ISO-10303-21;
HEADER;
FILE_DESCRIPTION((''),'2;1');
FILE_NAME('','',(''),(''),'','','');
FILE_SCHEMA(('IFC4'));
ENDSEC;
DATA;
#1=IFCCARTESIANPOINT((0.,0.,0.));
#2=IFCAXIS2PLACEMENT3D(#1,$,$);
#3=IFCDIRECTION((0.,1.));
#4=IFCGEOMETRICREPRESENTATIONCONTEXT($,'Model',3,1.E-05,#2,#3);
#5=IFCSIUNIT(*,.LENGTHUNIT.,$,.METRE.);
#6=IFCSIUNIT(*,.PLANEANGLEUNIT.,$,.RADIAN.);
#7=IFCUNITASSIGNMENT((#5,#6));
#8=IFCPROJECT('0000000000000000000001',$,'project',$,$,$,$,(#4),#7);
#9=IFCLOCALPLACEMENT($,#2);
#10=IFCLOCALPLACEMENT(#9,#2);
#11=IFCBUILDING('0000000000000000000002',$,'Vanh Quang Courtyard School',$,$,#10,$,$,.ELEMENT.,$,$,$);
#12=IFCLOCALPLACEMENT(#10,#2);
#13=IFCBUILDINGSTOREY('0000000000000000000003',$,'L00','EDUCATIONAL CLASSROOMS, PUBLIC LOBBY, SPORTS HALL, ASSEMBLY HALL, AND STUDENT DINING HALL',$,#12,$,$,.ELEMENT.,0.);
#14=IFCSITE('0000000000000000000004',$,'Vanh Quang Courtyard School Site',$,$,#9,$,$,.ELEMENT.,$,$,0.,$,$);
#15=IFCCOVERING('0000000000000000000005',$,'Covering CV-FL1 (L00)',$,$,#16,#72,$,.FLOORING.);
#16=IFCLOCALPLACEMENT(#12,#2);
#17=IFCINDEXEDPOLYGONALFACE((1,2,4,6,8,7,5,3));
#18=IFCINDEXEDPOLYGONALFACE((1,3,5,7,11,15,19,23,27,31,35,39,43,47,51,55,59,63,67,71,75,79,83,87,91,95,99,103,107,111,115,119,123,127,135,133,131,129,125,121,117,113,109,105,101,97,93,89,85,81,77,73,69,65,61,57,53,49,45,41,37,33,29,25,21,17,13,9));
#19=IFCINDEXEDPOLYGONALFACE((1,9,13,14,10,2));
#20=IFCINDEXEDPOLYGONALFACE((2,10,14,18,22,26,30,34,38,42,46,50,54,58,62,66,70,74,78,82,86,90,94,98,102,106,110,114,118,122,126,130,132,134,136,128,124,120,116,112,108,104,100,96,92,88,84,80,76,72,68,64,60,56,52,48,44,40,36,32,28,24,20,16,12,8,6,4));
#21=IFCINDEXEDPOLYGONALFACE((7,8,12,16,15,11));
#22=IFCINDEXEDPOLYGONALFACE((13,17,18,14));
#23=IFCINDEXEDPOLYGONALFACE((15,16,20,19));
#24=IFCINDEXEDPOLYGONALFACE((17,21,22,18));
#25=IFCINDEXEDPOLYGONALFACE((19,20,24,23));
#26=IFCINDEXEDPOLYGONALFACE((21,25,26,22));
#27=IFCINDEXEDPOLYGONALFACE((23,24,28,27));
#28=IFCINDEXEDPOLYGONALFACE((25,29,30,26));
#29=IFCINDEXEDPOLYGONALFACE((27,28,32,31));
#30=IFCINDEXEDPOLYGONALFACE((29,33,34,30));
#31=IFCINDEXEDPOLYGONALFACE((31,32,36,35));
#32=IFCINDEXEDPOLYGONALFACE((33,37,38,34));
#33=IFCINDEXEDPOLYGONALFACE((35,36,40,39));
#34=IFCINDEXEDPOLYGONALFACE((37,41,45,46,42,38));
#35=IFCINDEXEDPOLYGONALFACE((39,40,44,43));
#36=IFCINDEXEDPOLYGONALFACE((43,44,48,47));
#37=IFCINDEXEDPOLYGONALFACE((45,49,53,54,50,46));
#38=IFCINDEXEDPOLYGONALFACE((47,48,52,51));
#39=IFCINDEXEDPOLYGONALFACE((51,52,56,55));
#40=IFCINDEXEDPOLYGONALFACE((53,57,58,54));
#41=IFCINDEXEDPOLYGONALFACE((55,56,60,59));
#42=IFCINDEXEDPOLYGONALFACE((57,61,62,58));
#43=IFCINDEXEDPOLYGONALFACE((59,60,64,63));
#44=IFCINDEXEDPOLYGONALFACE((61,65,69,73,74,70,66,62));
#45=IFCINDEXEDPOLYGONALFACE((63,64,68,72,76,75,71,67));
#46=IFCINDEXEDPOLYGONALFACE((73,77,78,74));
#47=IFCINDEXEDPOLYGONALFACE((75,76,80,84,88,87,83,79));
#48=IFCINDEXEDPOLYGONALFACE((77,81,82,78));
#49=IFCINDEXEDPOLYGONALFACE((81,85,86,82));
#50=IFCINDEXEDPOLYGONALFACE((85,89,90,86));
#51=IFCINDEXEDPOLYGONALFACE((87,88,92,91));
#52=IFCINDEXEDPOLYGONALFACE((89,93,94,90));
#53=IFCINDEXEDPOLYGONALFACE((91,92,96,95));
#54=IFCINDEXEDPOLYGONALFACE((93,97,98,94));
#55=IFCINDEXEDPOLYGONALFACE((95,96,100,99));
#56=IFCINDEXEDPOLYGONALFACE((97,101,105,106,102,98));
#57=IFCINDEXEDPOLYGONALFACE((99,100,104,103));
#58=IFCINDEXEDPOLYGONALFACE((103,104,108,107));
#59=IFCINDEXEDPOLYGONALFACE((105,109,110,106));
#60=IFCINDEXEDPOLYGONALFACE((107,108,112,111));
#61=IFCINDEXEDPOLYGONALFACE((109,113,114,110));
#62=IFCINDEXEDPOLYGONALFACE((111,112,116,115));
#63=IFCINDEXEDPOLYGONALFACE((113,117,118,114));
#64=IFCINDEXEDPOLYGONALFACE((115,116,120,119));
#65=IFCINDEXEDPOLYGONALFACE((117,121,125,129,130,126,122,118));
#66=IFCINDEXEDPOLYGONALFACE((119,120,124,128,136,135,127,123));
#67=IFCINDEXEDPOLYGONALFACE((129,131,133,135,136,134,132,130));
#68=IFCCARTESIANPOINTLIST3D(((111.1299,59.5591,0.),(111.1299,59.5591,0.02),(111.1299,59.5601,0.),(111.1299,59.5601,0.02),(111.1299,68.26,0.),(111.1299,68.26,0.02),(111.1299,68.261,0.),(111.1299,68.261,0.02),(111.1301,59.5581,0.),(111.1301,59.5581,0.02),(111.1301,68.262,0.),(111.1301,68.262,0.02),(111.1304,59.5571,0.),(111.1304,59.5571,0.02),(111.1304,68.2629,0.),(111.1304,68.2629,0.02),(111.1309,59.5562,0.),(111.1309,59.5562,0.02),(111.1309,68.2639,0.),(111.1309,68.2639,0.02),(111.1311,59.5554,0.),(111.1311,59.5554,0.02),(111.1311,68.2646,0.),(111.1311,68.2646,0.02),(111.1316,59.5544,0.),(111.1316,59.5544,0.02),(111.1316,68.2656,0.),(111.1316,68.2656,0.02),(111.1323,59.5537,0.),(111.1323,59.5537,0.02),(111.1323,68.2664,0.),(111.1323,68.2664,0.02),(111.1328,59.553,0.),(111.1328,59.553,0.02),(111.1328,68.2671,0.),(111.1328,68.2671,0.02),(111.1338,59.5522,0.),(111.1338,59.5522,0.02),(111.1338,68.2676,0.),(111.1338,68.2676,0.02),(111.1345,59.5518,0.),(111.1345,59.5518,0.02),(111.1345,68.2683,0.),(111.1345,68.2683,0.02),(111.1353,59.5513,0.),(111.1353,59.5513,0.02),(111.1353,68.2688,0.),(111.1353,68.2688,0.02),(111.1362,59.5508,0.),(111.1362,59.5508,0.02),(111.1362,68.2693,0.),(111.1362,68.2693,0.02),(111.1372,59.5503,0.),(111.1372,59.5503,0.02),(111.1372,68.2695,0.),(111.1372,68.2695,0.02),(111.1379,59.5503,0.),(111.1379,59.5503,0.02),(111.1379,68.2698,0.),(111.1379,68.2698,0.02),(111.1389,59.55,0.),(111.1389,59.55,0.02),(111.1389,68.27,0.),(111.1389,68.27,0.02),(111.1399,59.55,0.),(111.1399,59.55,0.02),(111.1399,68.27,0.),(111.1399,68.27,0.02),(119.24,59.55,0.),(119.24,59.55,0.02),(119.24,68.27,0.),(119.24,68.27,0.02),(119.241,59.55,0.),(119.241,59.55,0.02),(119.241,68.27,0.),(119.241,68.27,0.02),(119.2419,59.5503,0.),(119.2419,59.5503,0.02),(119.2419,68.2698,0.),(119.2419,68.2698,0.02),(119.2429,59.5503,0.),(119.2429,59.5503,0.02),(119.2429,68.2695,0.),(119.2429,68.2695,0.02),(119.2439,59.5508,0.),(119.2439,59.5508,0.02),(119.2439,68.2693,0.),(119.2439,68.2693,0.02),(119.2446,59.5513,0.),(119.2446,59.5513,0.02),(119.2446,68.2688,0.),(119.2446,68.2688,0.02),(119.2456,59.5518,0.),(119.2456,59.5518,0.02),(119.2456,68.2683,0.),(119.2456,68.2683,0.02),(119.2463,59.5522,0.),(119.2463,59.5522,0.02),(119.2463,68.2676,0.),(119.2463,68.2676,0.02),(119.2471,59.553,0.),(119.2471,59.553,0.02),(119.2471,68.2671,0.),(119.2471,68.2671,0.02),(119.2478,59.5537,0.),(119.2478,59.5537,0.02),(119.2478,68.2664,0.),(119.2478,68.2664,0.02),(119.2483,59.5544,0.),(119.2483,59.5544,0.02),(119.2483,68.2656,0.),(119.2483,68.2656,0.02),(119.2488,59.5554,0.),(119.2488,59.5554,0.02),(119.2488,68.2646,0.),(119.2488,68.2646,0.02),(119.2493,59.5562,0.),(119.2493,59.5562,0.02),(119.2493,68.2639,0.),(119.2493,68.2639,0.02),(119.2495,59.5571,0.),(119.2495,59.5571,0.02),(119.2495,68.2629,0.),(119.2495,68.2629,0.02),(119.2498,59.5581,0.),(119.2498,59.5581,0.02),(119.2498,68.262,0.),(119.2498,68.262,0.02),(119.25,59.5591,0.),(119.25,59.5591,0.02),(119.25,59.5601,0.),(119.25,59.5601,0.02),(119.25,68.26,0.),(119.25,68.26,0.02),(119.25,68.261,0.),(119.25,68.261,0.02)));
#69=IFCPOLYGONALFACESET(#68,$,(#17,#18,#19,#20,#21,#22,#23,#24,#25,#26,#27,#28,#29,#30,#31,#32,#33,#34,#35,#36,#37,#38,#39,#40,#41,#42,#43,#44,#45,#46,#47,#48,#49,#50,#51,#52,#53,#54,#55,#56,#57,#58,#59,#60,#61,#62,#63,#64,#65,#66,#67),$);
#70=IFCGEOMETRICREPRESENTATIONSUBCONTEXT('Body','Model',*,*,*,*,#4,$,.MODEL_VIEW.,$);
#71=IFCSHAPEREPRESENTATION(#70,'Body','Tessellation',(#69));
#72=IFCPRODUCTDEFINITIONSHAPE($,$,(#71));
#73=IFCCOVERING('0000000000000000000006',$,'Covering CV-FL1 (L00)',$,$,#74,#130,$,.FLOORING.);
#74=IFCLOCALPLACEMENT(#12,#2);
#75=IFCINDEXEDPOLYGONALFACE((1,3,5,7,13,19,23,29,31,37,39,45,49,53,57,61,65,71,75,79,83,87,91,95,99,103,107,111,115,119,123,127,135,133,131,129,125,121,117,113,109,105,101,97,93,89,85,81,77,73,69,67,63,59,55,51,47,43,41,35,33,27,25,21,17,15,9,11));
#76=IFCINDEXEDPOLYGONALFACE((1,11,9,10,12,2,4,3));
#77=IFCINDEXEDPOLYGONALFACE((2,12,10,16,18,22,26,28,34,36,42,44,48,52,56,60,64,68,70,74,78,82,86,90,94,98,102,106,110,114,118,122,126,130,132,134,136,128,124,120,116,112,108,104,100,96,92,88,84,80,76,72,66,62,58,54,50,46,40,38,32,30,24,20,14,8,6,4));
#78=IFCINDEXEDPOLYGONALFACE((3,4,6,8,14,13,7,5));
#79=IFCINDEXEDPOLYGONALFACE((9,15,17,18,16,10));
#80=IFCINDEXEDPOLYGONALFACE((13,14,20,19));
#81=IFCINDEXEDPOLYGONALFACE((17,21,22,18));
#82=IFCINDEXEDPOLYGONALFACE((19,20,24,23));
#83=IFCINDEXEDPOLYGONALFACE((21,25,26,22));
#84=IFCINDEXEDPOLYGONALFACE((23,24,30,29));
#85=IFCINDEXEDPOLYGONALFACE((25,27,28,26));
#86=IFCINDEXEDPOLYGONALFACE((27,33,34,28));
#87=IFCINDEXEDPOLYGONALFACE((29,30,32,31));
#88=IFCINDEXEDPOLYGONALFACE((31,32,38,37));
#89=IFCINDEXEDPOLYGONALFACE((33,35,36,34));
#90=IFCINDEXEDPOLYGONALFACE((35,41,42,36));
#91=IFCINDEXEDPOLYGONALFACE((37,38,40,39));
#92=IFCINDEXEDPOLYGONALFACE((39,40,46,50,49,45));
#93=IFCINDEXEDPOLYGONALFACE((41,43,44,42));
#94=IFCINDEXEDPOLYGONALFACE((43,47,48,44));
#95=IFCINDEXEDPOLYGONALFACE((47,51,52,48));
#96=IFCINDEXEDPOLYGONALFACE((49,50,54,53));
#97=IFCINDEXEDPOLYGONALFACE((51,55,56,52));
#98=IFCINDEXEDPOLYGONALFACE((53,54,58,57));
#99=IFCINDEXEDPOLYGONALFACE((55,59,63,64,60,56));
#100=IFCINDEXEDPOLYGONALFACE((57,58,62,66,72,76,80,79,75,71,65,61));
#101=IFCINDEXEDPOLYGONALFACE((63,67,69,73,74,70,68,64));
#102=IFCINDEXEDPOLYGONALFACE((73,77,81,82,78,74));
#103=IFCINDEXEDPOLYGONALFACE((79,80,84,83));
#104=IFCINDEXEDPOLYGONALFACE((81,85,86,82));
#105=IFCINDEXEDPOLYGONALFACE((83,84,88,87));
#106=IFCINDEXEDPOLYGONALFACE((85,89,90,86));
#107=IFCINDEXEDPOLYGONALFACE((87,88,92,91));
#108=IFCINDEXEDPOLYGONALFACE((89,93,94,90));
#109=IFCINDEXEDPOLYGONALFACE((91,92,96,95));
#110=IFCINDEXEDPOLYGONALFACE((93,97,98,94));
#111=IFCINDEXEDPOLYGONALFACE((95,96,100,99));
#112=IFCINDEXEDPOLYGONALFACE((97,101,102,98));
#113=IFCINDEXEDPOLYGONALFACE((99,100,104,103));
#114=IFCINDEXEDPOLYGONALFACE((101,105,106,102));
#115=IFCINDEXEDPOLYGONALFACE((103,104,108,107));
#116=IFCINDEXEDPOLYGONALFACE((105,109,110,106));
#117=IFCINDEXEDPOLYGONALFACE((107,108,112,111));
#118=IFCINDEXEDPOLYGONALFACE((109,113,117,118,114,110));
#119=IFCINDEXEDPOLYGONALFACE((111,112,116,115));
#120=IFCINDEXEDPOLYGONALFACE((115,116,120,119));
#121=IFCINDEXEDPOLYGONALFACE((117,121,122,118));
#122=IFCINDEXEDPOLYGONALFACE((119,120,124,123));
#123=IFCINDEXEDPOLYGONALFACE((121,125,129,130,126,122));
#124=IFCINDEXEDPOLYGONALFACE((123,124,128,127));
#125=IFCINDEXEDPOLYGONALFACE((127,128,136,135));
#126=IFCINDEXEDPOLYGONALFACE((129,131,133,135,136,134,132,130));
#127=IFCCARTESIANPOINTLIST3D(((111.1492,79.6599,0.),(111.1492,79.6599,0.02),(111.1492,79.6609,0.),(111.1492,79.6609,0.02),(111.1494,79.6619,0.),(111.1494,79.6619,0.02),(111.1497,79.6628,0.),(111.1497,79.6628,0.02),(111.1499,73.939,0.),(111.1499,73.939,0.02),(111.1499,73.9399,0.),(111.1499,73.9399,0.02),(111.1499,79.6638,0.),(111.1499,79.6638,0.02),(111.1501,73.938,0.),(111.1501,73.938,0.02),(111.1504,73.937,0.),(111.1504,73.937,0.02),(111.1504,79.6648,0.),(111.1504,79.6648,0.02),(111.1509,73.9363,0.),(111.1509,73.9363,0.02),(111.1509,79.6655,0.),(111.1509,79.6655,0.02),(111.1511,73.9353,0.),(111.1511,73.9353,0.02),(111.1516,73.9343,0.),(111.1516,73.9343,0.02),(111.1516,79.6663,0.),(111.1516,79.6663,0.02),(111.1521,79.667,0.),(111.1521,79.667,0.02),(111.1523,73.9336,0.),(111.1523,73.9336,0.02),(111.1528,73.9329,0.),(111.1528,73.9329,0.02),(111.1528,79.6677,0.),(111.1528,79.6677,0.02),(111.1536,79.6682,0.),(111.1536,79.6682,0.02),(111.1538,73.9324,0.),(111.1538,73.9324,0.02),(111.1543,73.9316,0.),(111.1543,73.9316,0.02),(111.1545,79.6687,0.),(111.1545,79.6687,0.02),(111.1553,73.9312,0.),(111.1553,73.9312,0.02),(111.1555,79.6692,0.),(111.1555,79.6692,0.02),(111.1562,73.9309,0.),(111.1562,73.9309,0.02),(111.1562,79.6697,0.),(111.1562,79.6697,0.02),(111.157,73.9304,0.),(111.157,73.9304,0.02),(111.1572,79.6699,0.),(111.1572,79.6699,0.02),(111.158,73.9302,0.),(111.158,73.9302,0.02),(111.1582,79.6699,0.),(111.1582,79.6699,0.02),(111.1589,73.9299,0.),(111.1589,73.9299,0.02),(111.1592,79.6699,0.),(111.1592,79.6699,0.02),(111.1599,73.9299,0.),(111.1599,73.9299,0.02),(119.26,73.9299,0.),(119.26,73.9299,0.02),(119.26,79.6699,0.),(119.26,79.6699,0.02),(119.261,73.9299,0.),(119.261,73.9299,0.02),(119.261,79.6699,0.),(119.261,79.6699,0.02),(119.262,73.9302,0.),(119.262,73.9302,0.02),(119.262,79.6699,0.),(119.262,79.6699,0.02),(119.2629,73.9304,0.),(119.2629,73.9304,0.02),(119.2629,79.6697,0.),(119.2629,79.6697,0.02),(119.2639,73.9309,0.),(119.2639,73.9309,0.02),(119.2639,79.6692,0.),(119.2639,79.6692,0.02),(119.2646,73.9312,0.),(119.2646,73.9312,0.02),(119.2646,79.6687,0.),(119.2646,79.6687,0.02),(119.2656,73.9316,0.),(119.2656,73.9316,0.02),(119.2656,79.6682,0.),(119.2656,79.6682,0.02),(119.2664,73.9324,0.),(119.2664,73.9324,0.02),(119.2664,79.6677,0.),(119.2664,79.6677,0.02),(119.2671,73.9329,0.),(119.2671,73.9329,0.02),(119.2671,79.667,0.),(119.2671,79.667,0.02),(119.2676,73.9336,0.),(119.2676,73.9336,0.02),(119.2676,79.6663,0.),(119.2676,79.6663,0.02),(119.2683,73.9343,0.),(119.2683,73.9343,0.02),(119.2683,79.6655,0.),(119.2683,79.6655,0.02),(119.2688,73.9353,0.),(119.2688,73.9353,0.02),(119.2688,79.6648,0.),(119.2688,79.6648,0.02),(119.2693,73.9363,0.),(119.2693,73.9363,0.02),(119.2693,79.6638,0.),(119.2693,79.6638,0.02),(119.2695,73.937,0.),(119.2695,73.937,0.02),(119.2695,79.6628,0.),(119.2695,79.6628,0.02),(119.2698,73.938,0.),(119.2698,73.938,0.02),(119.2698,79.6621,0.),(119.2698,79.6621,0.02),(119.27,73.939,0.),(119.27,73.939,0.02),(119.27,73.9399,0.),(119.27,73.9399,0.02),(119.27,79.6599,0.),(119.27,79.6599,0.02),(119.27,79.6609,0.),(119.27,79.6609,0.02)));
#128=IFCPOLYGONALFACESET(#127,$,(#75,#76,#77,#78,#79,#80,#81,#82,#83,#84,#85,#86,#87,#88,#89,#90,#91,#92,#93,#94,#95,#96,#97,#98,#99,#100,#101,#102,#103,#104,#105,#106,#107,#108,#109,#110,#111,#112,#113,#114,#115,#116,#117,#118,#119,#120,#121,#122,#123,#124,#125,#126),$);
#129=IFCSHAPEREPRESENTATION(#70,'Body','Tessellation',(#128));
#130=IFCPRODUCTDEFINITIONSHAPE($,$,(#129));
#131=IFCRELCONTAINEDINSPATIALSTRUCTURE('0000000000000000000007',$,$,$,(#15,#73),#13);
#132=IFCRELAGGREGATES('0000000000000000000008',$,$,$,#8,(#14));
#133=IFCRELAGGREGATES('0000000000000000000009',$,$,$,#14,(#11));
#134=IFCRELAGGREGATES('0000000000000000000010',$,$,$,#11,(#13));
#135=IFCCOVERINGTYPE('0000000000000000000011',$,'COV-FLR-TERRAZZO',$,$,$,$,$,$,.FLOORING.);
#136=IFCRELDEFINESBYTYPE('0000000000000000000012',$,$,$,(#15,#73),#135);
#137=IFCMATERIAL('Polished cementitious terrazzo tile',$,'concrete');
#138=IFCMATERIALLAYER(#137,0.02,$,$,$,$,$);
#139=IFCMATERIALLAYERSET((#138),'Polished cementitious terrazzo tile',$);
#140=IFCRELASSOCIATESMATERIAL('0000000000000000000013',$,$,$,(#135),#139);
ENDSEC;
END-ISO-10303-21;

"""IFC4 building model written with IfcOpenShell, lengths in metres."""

from ifc_helpers import new_model, si_unit, direction, origin, place, context, subcontext, project, spatial, polyline, outline, extrude, material, layer, layer_set, type_object, element, save


model = new_model("IFC4")

# Units and contexts
model_context = context("Model", 3, precision=1e-05, world=origin(), true_north=direction((0.0, 1.0)))
body_context = subcontext(model_context, "Body", "Model", "MODEL_VIEW")
ifc_project = project(units=[si_unit("LENGTHUNIT", "METRE"), si_unit("PLANEANGLEUNIT", "RADIAN")], contexts=[model_context])

# Site, building, storey
site_placement = place(None, origin())
site = spatial("IfcSite", under=ifc_project, at=site_placement, Name="Vanh Quang Courtyard School Site", CompositionType="ELEMENT", RefElevation=0.0)
building_placement = place(site_placement, origin())
building = spatial("IfcBuilding", under=site, at=building_placement, Name="Vanh Quang Courtyard School", CompositionType="ELEMENT")
storey_placement = place(building_placement, origin())
storey = spatial("IfcBuildingStorey", under=building, at=storey_placement, Name="L00", Description="EDUCATIONAL CLASSROOMS, PUBLIC LOBBY, SPORTS HALL, ASSEMBLY HALL, AND STUDENT DINING HALL", CompositionType="ELEMENT", Elevation=0.0)

# Coverings
ifc_material_1 = material(Name="Polished cementitious terrazzo tile", Category="concrete")
ifc_layer_1 = layer(ifc_material_1, 0.02)
ifc_layer_set_1 = layer_set([ifc_layer_1], Name="Polished cementitious terrazzo tile")
covering_type_1 = type_object("IfcCoveringType", Name="COV-FLR-TERRAZZO", PredefinedType="FLOORING", material=ifc_layer_set_1)
covering_1_placement = place(storey_placement, origin())
element("IfcCovering", 1, at=covering_1_placement, inside=storey, type_object=covering_type_1, Name="Covering CV-FL1 (L00)", PredefinedType="FLOORING", context=body_context, shape_type="SweptSolid", body=[
    extrude(outline(polyline([(111.1399, 59.55), (111.1389, 59.55), (111.1379, 59.5503), (111.1372, 59.5503), (111.1362, 59.5508), (111.1353, 59.5513), (111.1345, 59.5518), (111.1338, 59.5522), (111.1328, 59.553), (111.1323, 59.5537), (111.1316, 59.5544), (111.1311, 59.5554), (111.1309, 59.5562), (111.1304, 59.5571), (111.1301, 59.5581), (111.1299, 59.5591), (111.1299, 59.5601), (111.1299, 68.26), (111.1299, 68.261), (111.1301, 68.262), (111.1304, 68.2629), (111.1309, 68.2639), (111.1311, 68.2646), (111.1316, 68.2656), (111.1323, 68.2664), (111.1328, 68.2671), (111.1338, 68.2676), (111.1345, 68.2683), (111.1353, 68.2688), (111.1362, 68.2693), (111.1372, 68.2695), (111.1379, 68.2698), (111.1389, 68.27), (111.1399, 68.27), (119.24, 68.27), (119.241, 68.27), (119.2419, 68.2698), (119.2429, 68.2695), (119.2439, 68.2693), (119.2446, 68.2688), (119.2456, 68.2683), (119.2463, 68.2676), (119.2471, 68.2671), (119.2478, 68.2664), (119.2483, 68.2656), (119.2488, 68.2646), (119.2493, 68.2639), (119.2495, 68.2629), (119.2498, 68.262), (119.25, 68.261), (119.25, 68.26), (119.25, 59.5601), (119.25, 59.5591), (119.2498, 59.5581), (119.2495, 59.5571), (119.2493, 59.5562), (119.2488, 59.5554), (119.2483, 59.5544), (119.2478, 59.5537), (119.2471, 59.553), (119.2463, 59.5522), (119.2456, 59.5518), (119.2446, 59.5513), (119.2439, 59.5508), (119.2429, 59.5503), (119.2419, 59.5503), (119.241, 59.55), (119.24, 59.55), (111.1399, 59.55)])), origin(), (0.0, 0.0, 1.0), 0.02),
])
covering_2_placement = place(storey_placement, origin())
element("IfcCovering", 2, at=covering_2_placement, inside=storey, type_object=covering_type_1, Name="Covering CV-FL1 (L00)", PredefinedType="FLOORING", context=body_context, shape_type="SweptSolid", body=[
    extrude(outline(polyline([(111.1599, 73.9299), (111.1589, 73.9299), (111.158, 73.9302), (111.157, 73.9304), (111.1562, 73.9309), (111.1553, 73.9312), (111.1543, 73.9316), (111.1538, 73.9324), (111.1528, 73.9329), (111.1523, 73.9336), (111.1516, 73.9343), (111.1511, 73.9353), (111.1509, 73.9363), (111.1504, 73.937), (111.1501, 73.938), (111.1499, 73.939), (111.1499, 73.9399), (111.1492, 79.6599), (111.1492, 79.6609), (111.1494, 79.6619), (111.1497, 79.6628), (111.1499, 79.6638), (111.1504, 79.6648), (111.1509, 79.6655), (111.1516, 79.6663), (111.1521, 79.667), (111.1528, 79.6677), (111.1536, 79.6682), (111.1545, 79.6687), (111.1555, 79.6692), (111.1562, 79.6697), (111.1572, 79.6699), (111.1582, 79.6699), (111.1592, 79.6699), (119.26, 79.6699), (119.261, 79.6699), (119.262, 79.6699), (119.2629, 79.6697), (119.2639, 79.6692), (119.2646, 79.6687), (119.2656, 79.6682), (119.2664, 79.6677), (119.2671, 79.667), (119.2676, 79.6663), (119.2683, 79.6655), (119.2688, 79.6648), (119.2693, 79.6638), (119.2695, 79.6628), (119.2698, 79.6621), (119.27, 79.6609), (119.27, 79.6599), (119.27, 73.9399), (119.27, 73.939), (119.2698, 73.938), (119.2695, 73.937), (119.2693, 73.9363), (119.2688, 73.9353), (119.2683, 73.9343), (119.2676, 73.9336), (119.2671, 73.9329), (119.2664, 73.9324), (119.2656, 73.9316), (119.2646, 73.9312), (119.2639, 73.9309), (119.2629, 73.9304), (119.262, 73.9302), (119.261, 73.9299), (119.26, 73.9299), (111.1599, 73.9299)])), origin(), (0.0, 0.0, 1.0), 0.02),
])

save(model, "model.ifc")
